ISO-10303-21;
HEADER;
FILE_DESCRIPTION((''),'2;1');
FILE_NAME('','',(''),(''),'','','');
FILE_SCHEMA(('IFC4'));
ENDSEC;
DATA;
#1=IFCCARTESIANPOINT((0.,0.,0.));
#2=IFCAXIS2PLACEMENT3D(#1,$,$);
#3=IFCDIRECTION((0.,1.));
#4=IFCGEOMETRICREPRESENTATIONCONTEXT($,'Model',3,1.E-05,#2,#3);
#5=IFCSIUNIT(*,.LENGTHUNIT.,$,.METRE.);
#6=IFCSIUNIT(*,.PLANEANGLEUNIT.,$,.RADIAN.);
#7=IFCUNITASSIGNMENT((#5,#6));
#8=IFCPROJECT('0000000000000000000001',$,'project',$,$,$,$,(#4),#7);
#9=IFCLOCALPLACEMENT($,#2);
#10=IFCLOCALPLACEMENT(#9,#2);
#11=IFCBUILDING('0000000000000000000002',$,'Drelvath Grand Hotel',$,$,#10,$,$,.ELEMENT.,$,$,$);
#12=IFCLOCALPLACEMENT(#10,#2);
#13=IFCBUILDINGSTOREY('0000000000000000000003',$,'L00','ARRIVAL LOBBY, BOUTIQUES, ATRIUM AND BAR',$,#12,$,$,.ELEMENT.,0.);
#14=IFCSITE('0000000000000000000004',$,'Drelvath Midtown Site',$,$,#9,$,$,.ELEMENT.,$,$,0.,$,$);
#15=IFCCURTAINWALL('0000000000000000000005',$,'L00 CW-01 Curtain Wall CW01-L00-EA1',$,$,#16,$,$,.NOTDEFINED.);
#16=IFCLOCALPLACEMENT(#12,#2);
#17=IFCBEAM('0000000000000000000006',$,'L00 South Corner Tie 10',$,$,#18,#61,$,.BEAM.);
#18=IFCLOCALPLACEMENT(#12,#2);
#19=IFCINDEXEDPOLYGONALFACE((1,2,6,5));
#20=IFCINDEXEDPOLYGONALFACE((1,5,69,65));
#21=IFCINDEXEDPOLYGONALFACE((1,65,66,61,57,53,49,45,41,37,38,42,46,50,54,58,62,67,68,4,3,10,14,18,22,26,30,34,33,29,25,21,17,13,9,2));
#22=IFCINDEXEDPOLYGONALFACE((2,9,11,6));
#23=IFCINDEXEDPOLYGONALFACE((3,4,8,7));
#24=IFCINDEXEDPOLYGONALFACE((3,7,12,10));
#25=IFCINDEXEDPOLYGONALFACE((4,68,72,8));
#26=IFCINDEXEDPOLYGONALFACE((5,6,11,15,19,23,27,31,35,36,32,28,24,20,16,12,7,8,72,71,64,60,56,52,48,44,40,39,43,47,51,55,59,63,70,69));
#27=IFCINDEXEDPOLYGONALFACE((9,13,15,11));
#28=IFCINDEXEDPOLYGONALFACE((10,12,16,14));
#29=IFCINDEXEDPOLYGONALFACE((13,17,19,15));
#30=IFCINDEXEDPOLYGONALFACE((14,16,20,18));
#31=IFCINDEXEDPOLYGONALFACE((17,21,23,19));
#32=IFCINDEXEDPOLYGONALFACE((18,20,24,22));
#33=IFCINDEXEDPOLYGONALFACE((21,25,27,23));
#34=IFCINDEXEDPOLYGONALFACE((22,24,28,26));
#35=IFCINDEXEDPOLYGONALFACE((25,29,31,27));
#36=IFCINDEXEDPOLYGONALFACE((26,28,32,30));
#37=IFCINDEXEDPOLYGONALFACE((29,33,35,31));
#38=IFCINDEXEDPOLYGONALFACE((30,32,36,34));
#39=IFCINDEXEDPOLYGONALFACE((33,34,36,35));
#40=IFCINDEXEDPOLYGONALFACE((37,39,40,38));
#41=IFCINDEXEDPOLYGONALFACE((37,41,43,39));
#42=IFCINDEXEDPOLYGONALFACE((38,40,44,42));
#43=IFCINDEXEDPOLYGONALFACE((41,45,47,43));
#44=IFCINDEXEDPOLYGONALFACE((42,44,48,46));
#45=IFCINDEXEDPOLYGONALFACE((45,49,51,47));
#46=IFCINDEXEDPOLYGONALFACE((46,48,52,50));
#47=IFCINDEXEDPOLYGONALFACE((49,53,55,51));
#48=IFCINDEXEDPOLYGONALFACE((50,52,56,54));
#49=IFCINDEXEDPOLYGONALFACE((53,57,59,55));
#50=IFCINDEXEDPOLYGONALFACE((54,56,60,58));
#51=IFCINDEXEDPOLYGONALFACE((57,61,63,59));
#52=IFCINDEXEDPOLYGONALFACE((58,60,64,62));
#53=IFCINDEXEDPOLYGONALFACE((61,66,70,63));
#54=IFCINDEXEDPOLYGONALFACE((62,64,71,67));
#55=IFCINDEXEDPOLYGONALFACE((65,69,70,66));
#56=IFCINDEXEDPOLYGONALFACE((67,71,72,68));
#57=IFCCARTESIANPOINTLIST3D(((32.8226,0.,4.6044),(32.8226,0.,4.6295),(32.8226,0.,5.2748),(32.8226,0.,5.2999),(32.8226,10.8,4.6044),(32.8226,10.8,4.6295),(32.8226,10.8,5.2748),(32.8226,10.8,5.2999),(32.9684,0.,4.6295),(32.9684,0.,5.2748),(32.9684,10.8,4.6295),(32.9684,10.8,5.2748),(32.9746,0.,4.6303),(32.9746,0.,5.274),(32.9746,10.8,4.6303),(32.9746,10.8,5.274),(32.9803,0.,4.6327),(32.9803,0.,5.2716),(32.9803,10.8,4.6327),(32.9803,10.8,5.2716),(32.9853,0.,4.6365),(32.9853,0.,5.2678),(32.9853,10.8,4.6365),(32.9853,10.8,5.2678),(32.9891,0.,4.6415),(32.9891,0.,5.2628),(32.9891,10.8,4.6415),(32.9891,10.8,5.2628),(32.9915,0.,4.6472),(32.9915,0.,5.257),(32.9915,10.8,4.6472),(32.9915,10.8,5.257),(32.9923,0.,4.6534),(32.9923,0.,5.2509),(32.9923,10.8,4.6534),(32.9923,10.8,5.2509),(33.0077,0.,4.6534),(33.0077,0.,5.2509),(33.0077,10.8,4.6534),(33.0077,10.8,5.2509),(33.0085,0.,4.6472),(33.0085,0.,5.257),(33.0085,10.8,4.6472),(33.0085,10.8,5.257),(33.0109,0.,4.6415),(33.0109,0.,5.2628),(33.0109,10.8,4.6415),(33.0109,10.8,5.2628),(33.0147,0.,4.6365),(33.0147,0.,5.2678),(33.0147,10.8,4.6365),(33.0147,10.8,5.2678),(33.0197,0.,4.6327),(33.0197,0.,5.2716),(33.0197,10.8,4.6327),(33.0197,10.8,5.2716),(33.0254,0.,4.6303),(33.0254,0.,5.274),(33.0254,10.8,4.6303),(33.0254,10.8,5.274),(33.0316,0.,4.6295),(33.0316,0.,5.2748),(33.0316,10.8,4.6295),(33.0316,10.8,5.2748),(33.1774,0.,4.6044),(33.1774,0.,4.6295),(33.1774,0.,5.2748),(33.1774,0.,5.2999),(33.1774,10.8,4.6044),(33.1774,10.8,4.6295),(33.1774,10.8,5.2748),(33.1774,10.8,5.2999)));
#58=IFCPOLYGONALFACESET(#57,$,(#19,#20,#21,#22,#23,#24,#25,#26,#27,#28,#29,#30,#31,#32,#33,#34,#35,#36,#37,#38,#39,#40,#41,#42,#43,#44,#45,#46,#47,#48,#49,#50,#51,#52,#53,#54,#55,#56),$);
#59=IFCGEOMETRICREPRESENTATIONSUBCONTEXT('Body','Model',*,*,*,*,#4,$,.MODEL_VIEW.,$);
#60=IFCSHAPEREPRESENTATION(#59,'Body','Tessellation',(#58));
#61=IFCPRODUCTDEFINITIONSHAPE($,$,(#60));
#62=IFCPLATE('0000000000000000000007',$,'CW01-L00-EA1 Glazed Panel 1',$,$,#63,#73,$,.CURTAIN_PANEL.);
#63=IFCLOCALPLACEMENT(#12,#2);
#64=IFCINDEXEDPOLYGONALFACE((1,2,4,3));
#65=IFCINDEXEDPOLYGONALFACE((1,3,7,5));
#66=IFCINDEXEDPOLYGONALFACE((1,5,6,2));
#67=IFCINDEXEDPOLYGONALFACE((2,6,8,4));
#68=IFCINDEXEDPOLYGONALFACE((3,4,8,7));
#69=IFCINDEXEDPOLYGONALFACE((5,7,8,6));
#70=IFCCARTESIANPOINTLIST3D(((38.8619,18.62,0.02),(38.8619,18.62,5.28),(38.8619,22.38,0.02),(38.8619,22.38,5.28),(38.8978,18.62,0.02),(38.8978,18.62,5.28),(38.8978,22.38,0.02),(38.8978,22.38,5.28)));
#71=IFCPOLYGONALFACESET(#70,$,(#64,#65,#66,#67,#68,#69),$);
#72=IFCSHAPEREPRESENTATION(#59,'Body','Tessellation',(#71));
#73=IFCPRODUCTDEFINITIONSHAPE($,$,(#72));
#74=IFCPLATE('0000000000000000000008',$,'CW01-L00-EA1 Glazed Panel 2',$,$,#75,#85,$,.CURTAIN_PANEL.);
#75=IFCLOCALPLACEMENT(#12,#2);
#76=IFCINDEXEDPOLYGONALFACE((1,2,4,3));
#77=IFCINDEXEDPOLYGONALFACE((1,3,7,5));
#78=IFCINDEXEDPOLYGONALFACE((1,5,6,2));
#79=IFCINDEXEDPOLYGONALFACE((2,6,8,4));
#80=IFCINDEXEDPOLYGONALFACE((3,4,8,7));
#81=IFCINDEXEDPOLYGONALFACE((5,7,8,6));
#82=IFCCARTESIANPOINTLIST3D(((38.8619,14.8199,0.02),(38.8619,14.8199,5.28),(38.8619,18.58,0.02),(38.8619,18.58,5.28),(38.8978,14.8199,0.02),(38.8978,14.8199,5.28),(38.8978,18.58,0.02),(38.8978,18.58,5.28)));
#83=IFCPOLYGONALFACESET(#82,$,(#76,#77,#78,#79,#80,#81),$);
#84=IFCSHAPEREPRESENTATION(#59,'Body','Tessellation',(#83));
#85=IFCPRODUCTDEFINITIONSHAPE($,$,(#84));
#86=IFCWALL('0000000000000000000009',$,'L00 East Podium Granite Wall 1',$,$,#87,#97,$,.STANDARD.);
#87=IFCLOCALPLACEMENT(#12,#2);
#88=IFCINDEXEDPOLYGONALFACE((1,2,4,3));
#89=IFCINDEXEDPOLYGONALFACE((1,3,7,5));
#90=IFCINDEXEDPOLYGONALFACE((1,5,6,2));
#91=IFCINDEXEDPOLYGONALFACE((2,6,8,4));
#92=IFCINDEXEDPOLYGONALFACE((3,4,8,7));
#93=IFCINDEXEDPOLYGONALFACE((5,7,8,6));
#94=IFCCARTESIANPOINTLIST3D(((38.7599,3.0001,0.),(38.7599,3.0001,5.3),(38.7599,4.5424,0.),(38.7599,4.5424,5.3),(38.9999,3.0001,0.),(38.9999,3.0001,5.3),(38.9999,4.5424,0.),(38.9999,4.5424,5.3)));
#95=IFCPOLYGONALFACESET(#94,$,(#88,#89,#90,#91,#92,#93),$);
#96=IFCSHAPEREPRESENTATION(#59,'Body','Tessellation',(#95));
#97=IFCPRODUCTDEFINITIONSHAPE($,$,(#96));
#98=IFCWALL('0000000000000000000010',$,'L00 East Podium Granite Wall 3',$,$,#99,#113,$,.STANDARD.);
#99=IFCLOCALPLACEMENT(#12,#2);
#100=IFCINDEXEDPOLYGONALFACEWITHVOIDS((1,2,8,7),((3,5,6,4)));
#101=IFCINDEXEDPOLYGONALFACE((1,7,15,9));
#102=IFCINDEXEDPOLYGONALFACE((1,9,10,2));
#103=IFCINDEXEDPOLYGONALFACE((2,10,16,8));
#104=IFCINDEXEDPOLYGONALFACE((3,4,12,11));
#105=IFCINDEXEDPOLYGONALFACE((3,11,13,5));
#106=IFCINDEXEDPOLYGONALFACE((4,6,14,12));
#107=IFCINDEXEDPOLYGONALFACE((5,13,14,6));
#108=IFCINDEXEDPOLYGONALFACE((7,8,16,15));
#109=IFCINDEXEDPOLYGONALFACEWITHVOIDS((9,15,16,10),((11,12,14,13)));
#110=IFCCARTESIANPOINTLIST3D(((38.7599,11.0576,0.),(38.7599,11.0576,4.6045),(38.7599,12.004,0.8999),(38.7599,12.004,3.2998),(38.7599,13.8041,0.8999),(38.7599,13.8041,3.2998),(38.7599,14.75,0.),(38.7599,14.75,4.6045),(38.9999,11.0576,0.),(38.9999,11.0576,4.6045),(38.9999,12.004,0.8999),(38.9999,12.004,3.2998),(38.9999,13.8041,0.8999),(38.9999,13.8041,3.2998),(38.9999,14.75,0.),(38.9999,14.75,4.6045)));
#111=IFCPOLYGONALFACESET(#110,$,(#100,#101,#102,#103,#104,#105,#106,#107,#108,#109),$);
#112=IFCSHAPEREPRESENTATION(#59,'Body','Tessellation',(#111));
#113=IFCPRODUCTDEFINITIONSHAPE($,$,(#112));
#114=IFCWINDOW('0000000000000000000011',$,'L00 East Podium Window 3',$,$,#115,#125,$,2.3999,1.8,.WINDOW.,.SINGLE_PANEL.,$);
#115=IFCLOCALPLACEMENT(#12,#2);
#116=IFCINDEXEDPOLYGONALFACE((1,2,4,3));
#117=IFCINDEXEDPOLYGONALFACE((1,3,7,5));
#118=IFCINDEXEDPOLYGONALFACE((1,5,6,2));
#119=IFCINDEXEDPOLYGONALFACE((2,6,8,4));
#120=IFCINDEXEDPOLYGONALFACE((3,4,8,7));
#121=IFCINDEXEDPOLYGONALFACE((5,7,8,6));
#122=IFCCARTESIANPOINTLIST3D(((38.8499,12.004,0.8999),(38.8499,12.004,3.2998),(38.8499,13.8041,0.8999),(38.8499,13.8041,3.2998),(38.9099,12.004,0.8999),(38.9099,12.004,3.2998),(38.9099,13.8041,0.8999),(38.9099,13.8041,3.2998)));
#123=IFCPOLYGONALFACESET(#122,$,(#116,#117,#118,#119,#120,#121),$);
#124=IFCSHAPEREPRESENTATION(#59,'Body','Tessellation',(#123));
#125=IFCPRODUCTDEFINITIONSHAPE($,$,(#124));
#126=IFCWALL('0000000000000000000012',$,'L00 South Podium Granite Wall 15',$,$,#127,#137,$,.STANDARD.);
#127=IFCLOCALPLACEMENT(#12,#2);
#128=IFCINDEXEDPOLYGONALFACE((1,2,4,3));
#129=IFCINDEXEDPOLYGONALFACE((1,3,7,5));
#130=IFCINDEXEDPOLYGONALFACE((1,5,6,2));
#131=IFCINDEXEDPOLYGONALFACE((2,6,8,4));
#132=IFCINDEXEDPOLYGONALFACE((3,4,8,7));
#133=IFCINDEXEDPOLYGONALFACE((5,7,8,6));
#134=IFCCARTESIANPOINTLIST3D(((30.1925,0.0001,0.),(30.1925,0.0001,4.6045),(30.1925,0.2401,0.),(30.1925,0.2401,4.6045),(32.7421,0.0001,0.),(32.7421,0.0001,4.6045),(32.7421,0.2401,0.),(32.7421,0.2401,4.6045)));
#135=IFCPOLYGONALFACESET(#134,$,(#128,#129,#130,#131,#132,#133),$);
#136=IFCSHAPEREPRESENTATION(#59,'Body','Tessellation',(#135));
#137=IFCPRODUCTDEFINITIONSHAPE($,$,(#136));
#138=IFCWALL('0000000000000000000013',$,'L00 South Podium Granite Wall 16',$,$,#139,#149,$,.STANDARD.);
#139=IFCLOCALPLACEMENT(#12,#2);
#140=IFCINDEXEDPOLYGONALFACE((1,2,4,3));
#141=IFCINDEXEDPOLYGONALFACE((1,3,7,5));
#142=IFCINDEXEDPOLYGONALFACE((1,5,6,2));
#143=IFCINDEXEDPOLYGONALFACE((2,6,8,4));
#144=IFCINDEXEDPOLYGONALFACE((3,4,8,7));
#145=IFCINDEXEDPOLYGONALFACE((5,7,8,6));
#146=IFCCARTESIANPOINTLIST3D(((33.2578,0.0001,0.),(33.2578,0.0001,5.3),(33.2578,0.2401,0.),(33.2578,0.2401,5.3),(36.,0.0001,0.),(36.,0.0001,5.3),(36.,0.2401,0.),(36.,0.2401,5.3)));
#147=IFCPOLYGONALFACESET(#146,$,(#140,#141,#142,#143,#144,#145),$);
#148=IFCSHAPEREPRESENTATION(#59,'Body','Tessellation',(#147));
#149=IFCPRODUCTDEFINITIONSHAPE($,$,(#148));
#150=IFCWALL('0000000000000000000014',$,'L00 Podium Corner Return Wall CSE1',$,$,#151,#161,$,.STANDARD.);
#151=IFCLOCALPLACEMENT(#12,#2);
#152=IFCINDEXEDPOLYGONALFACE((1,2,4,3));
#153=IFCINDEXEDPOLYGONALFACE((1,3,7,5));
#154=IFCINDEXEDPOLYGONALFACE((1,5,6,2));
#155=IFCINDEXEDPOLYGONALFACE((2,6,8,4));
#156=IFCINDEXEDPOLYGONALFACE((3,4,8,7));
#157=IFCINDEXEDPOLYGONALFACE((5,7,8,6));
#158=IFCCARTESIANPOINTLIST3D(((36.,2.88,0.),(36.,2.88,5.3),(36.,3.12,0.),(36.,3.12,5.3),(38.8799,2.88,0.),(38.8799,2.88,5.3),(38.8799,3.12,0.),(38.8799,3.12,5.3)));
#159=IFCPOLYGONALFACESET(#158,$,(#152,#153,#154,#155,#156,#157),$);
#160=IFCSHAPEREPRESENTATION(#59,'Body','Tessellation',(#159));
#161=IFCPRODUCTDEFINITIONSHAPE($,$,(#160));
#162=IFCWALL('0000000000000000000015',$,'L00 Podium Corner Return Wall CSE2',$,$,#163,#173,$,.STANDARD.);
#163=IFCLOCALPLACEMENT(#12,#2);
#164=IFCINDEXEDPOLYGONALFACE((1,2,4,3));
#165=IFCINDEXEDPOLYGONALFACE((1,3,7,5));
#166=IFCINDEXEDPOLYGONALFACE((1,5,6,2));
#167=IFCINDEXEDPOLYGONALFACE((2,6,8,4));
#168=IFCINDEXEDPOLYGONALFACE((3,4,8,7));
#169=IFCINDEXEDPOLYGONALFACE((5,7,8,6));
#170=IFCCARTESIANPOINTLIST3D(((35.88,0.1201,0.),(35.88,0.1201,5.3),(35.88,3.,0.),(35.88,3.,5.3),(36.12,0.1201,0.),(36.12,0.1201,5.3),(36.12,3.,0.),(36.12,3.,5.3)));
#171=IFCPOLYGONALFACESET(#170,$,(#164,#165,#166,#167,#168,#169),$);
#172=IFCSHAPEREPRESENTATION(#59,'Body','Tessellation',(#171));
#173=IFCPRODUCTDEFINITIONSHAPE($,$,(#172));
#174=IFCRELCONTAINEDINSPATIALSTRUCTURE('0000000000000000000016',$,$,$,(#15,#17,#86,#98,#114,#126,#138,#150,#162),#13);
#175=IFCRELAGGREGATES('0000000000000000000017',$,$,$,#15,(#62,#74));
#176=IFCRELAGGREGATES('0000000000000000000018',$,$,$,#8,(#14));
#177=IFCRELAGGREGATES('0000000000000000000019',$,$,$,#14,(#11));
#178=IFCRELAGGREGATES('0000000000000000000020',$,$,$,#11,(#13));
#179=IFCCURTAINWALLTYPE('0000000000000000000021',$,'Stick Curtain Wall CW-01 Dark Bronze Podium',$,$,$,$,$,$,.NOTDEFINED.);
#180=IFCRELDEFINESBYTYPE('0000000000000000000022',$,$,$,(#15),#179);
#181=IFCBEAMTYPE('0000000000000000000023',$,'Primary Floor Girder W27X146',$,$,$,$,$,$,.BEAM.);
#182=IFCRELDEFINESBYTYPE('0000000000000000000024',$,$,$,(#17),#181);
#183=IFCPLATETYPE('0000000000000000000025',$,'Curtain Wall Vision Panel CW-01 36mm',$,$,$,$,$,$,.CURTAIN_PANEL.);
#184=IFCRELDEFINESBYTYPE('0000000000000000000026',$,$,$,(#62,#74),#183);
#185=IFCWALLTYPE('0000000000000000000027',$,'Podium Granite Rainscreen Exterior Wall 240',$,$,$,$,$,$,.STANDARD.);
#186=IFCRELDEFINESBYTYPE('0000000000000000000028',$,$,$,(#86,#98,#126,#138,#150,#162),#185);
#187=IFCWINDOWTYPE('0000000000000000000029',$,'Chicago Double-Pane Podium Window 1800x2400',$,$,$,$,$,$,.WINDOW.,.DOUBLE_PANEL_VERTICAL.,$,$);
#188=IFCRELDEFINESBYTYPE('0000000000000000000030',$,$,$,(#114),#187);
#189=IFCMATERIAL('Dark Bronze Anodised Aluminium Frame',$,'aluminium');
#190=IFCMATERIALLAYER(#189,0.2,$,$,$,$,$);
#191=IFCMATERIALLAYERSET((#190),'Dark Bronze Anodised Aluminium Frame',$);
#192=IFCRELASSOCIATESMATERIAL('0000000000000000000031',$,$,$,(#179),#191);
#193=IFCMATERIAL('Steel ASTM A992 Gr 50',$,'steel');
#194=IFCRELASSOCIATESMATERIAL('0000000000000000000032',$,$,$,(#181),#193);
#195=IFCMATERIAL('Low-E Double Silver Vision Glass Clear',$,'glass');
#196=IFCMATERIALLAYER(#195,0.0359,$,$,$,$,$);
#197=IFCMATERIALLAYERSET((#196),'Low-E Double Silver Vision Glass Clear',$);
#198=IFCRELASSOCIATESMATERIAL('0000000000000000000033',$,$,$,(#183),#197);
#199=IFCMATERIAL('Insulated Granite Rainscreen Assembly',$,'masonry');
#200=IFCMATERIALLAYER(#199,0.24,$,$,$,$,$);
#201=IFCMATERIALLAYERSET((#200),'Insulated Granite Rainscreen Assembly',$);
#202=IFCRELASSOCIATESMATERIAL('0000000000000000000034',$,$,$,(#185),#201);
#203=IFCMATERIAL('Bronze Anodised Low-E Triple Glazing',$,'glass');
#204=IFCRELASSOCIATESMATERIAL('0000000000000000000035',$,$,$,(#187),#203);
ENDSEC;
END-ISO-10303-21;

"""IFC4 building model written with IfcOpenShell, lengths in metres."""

from ifc_helpers import new_model, si_unit, direction, frame, frame_2d, origin, origin_2d, place, context, subcontext, project, spatial, rectangle, i_section, extrude, material, layer, layer_set, material_profile, profile_set, type_object, element, fill, aggregate, save


model = new_model("IFC4")

# Units and contexts
model_context = context("Model", 3, precision=1e-05, world=origin(), true_north=direction((0.0, 1.0)))
body_context = subcontext(model_context, "Body", "Model", "MODEL_VIEW")
ifc_project = project(units=[si_unit("LENGTHUNIT", "METRE"), si_unit("PLANEANGLEUNIT", "RADIAN")], contexts=[model_context])

# Site, building, storey
site_placement = place(None, origin())
site = spatial("IfcSite", under=ifc_project, at=site_placement, Name="Drelvath Midtown Site", CompositionType="ELEMENT", RefElevation=0.0)
building_placement = place(site_placement, origin())
building = spatial("IfcBuilding", under=site, at=building_placement, Name="Drelvath Grand Hotel", CompositionType="ELEMENT")
storey_placement = place(building_placement, origin())
storey = spatial("IfcBuildingStorey", under=building, at=storey_placement, Name="L00", Description="ARRIVAL LOBBY, BOUTIQUES, ATRIUM AND BAR", CompositionType="ELEMENT", Elevation=0.0)

# Curtain wall
ifc_material_1 = material(Name="Dark Bronze Anodised Aluminium Frame", Category="aluminium")
ifc_layer_1 = layer(ifc_material_1, 0.2)
ifc_layer_set_1 = layer_set([ifc_layer_1], Name="Dark Bronze Anodised Aluminium Frame")
curtain_wall_type = type_object("IfcCurtainWallType", Name="Stick Curtain Wall CW-01 Dark Bronze Podium", PredefinedType="NOTDEFINED", material=ifc_layer_set_1)
curtain_wall_placement = place(storey_placement, origin())
curtain_wall = element("IfcCurtainWall", 1, at=curtain_wall_placement, inside=storey, type_object=curtain_wall_type, Name="L00 CW-01 Curtain Wall CW01-L00-EA1", PredefinedType="NOTDEFINED")

# Beam
ifc_material_2 = material(Name="Steel ASTM A992 Gr 50", Category="steel")
ifc_material_profile_1 = material_profile(ifc_material_2, i_section(OverallWidth=0.3547, OverallDepth=0.6956, WebThickness=0.0154, FlangeThickness=0.0251, FilletRadius=0.0239, at=origin_2d()), Name="W27X146")
ifc_profile_set_1 = profile_set([ifc_material_profile_1], Name="Steel ASTM A992 Gr 50")
beam_type_1 = type_object("IfcBeamType", Name="Primary Floor Girder W27X146", PredefinedType="BEAM", material=ifc_profile_set_1)
beam_1_placement = place(storey_placement, frame((33.0, 0.0, 4.9521), z_axis=(0.0, 1.0, 0.0), x_axis=(-1.0, 0.0, 0.0)))
element("IfcBeam", 2, at=beam_1_placement, inside=storey, type_object=beam_type_1, Name="L00 South Corner Tie 10", PredefinedType="BEAM", context=body_context, shape_type="SweptSolid", body=[
    extrude(i_section(OverallWidth=0.3547, OverallDepth=0.6956, WebThickness=0.0154, FlangeThickness=0.0251, FilletRadius=0.0239, at=origin_2d()), origin(), (0.0, 0.0, 1.0), 10.8),
])

# Plates
ifc_material_3 = material(Name="Low-E Double Silver Vision Glass Clear", Category="glass")
ifc_layer_2 = layer(ifc_material_3, 0.0359)
ifc_layer_set_2 = layer_set([ifc_layer_2], Name="Low-E Double Silver Vision Glass Clear")
plate_type = type_object("IfcPlateType", Name="Curtain Wall Vision Panel CW-01 36mm", PredefinedType="CURTAIN_PANEL", material=ifc_layer_set_2)
plate_1_placement = place(storey_placement, frame((38.8799, 20.5, 0.02), z_axis=(0.0, 0.0, 1.0), x_axis=(0.0, -1.0, 0.0)))
plate_1 = element("IfcPlate", 3, at=plate_1_placement, type_object=plate_type, Name="CW01-L00-EA1 Glazed Panel 1", PredefinedType="CURTAIN_PANEL", context=body_context, shape_type="SweptSolid", body=[
    extrude(rectangle(XDim=3.76, YDim=0.0359, at=origin_2d()), origin(), (0.0, 0.0, 1.0), 5.26),
])
plate_2_placement = place(storey_placement, frame((38.8799, 16.7, 0.02), z_axis=(0.0, 0.0, 1.0), x_axis=(0.0, -1.0, 0.0)))
plate_2 = element("IfcPlate", 4, at=plate_2_placement, type_object=plate_type, Name="CW01-L00-EA1 Glazed Panel 2", PredefinedType="CURTAIN_PANEL", context=body_context, shape_type="SweptSolid", body=[
    extrude(rectangle(XDim=3.76, YDim=0.0359, at=origin_2d()), origin(), (0.0, 0.0, 1.0), 5.26),
])
aggregate(curtain_wall, [plate_1, plate_2])

# Wall
ifc_material_4 = material(Name="Insulated Granite Rainscreen Assembly", Category="masonry")
ifc_layer_3 = layer(ifc_material_4, 0.24)
ifc_layer_set_3 = layer_set([ifc_layer_3], Name="Insulated Granite Rainscreen Assembly")
wall_type = type_object("IfcWallType", Name="Podium Granite Rainscreen Exterior Wall 240", PredefinedType="STANDARD", material=ifc_layer_set_3)
wall_1_placement = place(storey_placement, frame((38.8799, 4.5422, 0.0), z_axis=(0.0, 0.0, 1.0), x_axis=(0.0, -1.0, 0.0)))
element("IfcWall", 5, at=wall_1_placement, inside=storey, type_object=wall_type, Name="L00 East Podium Granite Wall 1", PredefinedType="STANDARD", context=body_context, shape_type="SweptSolid", body=[
    extrude(rectangle(XDim=1.5422, YDim=0.24, at=frame_2d((0.771, 0.0))), origin(), (0.0, 0.0, 1.0), 5.3),
])

# Wall, opening, window
wall_2_placement = place(storey_placement, frame((38.8799, 14.75, 0.0), z_axis=(0.0, 0.0, 1.0), x_axis=(0.0, -1.0, 0.0)))
wall_2 = element("IfcWall", 6, at=wall_2_placement, inside=storey, type_object=wall_type, Name="L00 East Podium Granite Wall 3", PredefinedType="STANDARD", context=body_context, shape_type="SweptSolid", body=[
    extrude(rectangle(XDim=3.6924, YDim=0.24, at=frame_2d((1.8462, 0.0))), origin(), (0.0, 0.0, 1.0), 4.6045),
])
opening_1_placement = place(wall_2_placement, frame((0.946, 0.0, 0.8999)))
opening_1 = element("IfcOpeningElement", 7, at=opening_1_placement, cuts=wall_2, PredefinedType="OPENING", context=body_context, shape_type="SweptSolid", body=[
    extrude(rectangle(XDim=1.8, YDim=2.3999, at=frame_2d((0.8999, 1.2))), frame((0.0, 0.1299, 0.0), z_axis=(0.0, -1.0, 0.0), x_axis=(1.0, 0.0, 0.0)), (0.0, 0.0, 1.0), 0.26),
])
ifc_material_5 = material(Name="Bronze Anodised Low-E Triple Glazing", Category="glass")
window_type = type_object("IfcWindowType", Name="Chicago Double-Pane Podium Window 1800x2400", PartitioningType="DOUBLE_PANEL_VERTICAL", PredefinedType="WINDOW", material=ifc_material_5)
window_placement = place(opening_1_placement, origin())
window = element("IfcWindow", 8, at=window_placement, inside=storey, type_object=window_type, Name="L00 East Podium Window 3", OverallHeight=2.3999, OverallWidth=1.8, PartitioningType="SINGLE_PANEL", PredefinedType="WINDOW", context=body_context, shape_type="SweptSolid", body=[
    extrude(rectangle(XDim=1.8, YDim=2.3999, at=frame_2d((0.8999, 1.2))), frame((0.0, 0.03, 0.0), z_axis=(0.0, -1.0, 0.0), x_axis=(1.0, 0.0, 0.0)), (0.0, 0.0, 1.0), 0.0601),
])
fill(opening_1, window)

# Walls
wall_3_placement = place(storey_placement, frame((32.7422, 0.1201, 0.0), z_axis=(0.0, 0.0, 1.0), x_axis=(-1.0, 0.0, 0.0)))
element("IfcWall", 9, at=wall_3_placement, inside=storey, type_object=wall_type, Name="L00 South Podium Granite Wall 15", PredefinedType="STANDARD", context=body_context, shape_type="SweptSolid", body=[
    extrude(rectangle(XDim=2.5496, YDim=0.24, at=frame_2d((1.2749, 0.0))), origin(), (0.0, 0.0, 1.0), 4.6045),
])
wall_4_placement = place(storey_placement, frame((36.0, 0.1201, 0.0), z_axis=(0.0, 0.0, 1.0), x_axis=(-1.0, 0.0, 0.0)))
element("IfcWall", 10, at=wall_4_placement, inside=storey, type_object=wall_type, Name="L00 South Podium Granite Wall 16", PredefinedType="STANDARD", context=body_context, shape_type="SweptSolid", body=[
    extrude(rectangle(XDim=2.7422, YDim=0.24, at=frame_2d((1.3711, 0.0))), origin(), (0.0, 0.0, 1.0), 5.3),
])
for number, where, z_axis, x_axis, name in (
    (11, (38.8799, 3.0, 0.0), (0.0, 0.0, 1.0), (-1.0, 0.0, 0.0), "L00 Podium Corner Return Wall CSE1"),
    (12, (36.0, 3.0, 0.0), (0.0, 0.0, 1.0), (0.0, -1.0, 0.0), "L00 Podium Corner Return Wall CSE2"),
):
    element("IfcWall", number, at=place(storey_placement, frame(where, z_axis=z_axis, x_axis=x_axis)), inside=storey, type_object=wall_type, Name=name, PredefinedType="STANDARD", context=body_context, shape_type="SweptSolid", body=[
        extrude(rectangle(XDim=2.8799, YDim=0.24, at=frame_2d((1.4399, 0.0))), origin(), (0.0, 0.0, 1.0), 5.3),
    ])

save(model, "model.ifc")
